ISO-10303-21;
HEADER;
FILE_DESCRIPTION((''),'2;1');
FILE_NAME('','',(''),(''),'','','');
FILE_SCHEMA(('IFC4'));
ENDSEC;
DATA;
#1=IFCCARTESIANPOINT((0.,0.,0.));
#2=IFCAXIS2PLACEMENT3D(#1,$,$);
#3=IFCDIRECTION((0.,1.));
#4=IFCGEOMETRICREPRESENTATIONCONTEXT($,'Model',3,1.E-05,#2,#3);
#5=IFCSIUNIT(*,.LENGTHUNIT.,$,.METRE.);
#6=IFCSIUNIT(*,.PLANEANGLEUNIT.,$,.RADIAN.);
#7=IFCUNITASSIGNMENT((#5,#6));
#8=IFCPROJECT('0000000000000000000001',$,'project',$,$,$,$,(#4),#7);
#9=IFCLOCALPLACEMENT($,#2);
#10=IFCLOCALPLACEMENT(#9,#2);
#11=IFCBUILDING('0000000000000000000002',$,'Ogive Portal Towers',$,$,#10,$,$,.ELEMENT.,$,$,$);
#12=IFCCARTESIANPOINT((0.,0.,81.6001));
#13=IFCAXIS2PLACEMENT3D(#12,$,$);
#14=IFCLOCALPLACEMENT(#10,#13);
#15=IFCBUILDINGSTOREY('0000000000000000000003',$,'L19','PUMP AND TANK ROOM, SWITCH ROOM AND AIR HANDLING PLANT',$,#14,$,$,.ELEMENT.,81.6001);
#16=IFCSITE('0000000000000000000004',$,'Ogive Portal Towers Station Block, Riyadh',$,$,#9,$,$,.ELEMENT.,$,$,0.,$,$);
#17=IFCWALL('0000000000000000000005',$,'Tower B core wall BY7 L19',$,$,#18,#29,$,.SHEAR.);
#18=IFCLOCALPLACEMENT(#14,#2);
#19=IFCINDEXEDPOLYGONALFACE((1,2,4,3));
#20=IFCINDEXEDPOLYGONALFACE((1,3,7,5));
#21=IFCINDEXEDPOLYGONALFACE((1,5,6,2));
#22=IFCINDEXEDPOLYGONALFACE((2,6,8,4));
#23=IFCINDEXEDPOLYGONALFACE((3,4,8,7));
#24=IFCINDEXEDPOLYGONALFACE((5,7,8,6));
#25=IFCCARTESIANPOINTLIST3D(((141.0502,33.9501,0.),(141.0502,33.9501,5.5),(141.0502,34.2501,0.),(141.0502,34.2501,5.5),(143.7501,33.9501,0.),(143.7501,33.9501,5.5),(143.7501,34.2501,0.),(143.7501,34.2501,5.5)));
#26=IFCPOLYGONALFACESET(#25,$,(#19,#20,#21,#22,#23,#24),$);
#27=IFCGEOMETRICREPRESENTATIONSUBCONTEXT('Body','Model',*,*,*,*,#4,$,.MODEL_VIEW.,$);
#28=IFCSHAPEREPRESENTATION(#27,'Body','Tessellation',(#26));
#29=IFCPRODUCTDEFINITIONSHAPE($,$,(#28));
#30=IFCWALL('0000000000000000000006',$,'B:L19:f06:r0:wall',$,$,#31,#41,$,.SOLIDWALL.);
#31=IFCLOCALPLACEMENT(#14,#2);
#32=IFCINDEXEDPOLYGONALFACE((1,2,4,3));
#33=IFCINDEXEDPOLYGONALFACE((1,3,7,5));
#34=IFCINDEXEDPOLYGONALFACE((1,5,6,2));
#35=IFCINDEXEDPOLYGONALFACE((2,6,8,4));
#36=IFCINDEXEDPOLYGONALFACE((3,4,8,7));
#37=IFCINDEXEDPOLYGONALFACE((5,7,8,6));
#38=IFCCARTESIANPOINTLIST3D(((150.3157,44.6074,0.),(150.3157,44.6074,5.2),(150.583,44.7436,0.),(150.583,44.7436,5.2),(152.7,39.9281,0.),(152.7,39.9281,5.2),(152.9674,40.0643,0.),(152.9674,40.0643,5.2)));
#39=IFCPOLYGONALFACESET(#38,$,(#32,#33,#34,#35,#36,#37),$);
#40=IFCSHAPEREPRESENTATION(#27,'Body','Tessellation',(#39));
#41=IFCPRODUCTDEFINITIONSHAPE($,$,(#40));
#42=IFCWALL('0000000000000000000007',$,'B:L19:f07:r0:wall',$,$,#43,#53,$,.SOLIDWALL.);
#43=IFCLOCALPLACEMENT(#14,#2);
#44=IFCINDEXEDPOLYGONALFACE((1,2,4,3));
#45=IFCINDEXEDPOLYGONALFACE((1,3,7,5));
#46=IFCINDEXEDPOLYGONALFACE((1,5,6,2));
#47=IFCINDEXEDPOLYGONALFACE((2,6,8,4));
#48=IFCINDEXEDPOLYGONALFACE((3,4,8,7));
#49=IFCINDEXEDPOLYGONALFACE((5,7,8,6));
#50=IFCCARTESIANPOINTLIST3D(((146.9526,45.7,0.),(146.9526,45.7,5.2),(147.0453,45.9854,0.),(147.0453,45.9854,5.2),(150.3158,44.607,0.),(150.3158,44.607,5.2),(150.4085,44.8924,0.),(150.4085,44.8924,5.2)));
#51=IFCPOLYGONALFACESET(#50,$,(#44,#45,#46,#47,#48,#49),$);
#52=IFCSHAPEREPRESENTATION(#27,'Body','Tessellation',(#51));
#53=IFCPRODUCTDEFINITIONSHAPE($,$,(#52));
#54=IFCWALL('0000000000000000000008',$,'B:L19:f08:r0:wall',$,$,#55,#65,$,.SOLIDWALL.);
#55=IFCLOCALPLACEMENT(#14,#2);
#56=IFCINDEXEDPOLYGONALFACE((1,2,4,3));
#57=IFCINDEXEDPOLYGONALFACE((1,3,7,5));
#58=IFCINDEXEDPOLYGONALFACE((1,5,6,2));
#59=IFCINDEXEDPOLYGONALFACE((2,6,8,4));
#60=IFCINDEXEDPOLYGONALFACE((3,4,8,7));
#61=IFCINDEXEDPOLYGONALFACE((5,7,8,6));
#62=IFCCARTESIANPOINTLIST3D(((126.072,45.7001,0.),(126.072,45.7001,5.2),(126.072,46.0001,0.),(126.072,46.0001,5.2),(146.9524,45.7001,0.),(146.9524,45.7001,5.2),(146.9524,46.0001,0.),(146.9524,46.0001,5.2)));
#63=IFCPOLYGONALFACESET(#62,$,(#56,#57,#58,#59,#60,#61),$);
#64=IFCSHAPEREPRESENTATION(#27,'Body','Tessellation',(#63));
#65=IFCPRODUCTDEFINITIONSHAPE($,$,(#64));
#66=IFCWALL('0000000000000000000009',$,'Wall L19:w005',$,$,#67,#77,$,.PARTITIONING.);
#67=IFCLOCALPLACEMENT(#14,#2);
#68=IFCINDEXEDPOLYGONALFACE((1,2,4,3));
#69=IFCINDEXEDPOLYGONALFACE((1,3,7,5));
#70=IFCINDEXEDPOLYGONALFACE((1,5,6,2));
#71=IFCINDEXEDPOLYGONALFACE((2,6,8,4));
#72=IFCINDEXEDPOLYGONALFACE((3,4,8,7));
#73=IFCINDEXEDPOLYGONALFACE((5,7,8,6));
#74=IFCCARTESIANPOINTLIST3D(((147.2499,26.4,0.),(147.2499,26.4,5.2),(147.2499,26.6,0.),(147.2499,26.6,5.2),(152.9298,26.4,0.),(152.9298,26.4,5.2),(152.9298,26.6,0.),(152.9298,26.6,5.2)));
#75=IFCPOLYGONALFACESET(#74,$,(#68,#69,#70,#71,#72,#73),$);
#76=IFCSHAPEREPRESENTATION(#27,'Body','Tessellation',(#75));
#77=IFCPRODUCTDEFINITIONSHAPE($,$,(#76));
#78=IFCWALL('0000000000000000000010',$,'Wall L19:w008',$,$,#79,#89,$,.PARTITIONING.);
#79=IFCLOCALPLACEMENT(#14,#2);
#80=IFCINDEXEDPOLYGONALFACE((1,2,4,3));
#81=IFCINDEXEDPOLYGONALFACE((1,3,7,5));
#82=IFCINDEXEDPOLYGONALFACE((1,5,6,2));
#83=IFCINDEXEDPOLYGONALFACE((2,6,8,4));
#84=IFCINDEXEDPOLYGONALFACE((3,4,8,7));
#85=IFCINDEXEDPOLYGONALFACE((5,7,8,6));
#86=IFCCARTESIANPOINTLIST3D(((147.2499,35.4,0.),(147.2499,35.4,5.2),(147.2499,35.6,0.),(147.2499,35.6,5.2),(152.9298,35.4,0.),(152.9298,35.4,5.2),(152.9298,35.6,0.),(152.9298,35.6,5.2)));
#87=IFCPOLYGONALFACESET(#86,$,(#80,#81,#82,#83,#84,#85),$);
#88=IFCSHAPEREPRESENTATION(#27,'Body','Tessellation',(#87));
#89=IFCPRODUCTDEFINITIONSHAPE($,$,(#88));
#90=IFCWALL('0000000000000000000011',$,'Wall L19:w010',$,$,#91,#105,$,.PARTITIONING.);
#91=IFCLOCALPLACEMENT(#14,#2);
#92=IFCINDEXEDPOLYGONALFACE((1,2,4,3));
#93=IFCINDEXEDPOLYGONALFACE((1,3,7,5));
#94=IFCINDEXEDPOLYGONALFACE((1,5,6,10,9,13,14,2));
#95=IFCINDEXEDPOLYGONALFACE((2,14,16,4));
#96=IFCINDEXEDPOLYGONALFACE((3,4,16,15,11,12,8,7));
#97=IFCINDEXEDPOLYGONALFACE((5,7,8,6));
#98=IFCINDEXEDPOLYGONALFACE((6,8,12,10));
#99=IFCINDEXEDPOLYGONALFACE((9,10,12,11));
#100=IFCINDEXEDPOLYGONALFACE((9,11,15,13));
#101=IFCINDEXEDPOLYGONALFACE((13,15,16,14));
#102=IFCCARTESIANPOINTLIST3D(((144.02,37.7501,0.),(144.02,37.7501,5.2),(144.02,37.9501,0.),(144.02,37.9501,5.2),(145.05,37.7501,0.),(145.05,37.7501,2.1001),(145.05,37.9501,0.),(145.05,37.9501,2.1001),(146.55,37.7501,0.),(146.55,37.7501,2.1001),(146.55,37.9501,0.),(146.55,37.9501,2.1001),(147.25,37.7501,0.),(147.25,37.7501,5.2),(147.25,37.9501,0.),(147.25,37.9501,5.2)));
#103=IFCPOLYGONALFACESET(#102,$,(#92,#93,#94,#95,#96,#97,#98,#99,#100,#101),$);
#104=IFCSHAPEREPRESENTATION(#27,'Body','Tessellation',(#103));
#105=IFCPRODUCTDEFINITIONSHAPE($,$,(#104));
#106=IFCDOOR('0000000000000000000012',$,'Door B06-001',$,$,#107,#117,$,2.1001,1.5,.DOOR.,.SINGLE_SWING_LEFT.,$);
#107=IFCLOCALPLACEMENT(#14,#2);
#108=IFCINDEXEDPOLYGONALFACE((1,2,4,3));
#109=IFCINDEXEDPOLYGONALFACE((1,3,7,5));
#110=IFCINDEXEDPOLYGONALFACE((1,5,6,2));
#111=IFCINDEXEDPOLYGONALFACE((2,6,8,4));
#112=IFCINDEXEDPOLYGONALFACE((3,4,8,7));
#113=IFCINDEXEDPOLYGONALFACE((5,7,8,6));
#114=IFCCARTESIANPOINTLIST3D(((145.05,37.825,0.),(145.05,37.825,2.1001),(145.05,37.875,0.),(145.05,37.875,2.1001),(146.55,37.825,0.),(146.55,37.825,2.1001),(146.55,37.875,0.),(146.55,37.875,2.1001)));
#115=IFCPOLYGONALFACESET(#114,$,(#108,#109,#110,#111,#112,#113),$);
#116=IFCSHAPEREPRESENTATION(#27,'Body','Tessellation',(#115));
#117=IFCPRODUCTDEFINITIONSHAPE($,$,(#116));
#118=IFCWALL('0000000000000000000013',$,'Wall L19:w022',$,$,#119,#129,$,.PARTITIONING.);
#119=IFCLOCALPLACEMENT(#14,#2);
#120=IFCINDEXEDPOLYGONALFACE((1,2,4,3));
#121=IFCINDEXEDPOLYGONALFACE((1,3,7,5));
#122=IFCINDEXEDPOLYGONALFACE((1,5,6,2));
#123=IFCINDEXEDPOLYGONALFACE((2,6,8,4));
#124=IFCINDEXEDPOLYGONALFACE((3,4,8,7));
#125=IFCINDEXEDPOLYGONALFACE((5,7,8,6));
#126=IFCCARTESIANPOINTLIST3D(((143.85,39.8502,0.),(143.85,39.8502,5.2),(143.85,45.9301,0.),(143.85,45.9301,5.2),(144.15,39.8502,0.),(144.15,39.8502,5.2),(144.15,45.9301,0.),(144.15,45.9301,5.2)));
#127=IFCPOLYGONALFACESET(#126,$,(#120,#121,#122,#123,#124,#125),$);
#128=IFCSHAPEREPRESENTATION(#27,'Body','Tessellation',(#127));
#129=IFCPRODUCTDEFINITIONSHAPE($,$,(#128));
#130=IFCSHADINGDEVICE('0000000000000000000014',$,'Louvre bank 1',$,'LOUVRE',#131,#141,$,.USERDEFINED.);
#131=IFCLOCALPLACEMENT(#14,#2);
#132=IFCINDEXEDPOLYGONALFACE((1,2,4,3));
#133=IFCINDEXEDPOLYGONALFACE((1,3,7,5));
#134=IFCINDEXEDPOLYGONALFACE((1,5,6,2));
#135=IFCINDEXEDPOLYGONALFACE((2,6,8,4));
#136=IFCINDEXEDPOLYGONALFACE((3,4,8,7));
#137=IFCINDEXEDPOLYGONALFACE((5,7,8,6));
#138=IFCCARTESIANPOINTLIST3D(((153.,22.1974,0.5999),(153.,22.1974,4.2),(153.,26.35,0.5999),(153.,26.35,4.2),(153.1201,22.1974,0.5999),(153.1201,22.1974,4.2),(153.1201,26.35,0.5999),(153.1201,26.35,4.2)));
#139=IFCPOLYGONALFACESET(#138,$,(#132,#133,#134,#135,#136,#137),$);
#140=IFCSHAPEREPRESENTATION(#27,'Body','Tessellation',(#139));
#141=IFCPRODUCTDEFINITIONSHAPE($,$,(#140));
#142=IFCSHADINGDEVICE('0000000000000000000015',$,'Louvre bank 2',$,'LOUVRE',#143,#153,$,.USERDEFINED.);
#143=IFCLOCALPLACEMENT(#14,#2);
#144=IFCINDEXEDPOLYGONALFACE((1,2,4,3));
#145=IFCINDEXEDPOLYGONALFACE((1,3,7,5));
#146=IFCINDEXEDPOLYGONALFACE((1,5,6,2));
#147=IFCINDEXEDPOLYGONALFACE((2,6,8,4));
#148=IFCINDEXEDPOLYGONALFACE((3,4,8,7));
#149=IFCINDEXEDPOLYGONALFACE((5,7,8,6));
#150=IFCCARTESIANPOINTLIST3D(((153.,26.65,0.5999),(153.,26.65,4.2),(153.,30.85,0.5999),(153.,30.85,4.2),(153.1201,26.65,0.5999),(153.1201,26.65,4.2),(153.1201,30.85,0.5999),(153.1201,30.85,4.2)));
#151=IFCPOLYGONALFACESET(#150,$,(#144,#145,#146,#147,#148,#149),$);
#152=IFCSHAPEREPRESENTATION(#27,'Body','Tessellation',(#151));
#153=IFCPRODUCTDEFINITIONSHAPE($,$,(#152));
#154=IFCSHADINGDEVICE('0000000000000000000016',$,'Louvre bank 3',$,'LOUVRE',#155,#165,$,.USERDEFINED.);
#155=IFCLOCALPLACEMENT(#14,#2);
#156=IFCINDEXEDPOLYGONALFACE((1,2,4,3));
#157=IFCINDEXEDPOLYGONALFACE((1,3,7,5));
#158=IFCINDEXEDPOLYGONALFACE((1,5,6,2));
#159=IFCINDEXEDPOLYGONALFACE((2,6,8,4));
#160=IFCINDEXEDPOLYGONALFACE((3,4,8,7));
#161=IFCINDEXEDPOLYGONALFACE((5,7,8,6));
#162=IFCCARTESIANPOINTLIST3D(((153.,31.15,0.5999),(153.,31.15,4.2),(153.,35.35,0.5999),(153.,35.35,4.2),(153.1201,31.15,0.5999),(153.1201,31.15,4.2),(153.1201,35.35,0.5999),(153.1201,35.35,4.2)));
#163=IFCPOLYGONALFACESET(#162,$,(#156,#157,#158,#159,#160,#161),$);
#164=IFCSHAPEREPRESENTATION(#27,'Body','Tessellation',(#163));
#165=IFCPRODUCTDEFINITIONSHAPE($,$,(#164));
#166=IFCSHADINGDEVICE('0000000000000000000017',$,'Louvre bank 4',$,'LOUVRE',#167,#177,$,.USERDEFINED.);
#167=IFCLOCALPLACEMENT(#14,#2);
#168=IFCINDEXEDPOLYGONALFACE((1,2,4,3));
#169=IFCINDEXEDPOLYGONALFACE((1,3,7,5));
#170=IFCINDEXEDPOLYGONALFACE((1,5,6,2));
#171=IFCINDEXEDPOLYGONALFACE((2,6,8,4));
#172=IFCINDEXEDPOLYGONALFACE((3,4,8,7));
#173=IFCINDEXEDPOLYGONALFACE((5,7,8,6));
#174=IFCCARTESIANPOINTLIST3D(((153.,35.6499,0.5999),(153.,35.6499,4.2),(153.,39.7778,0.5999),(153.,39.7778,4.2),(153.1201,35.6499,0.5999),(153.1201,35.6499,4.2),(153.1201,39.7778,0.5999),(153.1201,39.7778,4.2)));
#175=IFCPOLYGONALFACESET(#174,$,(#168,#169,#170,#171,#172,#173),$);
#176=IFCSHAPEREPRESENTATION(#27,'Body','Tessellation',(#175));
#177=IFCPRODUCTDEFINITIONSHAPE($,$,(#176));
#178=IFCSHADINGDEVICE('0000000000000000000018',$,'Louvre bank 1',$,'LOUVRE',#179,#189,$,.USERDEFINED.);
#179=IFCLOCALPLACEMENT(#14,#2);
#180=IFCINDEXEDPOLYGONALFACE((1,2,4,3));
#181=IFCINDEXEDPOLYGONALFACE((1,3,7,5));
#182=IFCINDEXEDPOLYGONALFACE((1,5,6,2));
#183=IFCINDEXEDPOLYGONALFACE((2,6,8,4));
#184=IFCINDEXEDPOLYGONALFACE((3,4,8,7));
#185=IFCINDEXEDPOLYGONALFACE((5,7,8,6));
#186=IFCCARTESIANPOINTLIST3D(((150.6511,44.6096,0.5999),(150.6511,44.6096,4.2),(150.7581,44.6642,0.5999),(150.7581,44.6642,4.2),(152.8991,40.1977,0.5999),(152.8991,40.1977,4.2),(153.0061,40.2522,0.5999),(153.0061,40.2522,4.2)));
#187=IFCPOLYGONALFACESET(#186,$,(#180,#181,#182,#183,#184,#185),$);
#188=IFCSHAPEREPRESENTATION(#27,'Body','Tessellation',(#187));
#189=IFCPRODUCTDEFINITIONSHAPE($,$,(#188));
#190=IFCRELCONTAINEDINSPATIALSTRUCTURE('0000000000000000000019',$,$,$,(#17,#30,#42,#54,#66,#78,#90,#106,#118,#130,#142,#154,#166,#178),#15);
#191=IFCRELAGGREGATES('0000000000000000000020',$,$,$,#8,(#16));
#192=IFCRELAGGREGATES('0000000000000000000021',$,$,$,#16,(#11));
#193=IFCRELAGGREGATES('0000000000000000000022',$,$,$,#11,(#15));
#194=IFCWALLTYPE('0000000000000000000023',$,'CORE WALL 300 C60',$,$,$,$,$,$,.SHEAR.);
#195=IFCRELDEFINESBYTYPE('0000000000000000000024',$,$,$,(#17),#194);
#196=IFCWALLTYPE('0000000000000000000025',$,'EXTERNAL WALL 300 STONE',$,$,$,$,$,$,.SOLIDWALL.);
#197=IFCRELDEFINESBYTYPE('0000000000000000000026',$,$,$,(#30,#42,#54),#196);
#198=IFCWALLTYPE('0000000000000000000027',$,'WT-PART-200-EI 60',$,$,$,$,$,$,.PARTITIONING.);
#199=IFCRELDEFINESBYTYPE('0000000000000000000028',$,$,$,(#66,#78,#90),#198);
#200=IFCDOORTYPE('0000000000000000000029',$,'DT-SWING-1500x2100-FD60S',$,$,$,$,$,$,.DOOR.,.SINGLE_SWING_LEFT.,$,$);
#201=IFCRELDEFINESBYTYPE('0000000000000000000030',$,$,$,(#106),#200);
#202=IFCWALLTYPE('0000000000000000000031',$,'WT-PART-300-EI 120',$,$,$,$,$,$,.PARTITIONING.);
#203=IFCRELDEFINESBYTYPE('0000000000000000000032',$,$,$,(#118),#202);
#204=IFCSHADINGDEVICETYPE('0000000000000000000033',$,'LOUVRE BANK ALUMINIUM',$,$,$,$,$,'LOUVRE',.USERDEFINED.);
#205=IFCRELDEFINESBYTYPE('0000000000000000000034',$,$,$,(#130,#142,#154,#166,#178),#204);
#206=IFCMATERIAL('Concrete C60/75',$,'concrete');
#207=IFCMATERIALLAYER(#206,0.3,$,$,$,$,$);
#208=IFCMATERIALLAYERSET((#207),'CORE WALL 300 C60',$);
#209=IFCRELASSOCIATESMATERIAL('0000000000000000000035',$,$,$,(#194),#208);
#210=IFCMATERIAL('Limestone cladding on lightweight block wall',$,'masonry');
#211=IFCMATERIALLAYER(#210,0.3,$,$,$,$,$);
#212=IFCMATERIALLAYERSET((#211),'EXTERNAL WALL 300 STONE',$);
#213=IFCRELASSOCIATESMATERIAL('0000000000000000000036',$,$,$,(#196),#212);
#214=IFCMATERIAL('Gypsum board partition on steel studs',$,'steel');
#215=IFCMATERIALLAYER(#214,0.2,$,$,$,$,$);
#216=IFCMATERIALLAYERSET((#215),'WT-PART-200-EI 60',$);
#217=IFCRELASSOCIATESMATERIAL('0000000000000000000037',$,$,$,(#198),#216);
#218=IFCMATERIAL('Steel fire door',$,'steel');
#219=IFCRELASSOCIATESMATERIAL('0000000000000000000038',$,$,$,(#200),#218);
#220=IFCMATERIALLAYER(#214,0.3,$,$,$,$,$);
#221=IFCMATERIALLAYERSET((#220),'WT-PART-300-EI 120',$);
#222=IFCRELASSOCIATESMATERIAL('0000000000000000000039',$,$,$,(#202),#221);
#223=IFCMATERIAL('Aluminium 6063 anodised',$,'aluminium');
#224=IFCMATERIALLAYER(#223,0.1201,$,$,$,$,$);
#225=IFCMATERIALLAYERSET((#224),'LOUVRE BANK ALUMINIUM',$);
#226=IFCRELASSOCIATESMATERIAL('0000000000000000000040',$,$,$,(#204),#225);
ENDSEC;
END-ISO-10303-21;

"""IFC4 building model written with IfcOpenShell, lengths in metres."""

from ifc_helpers import new_model, si_unit, direction, frame, frame_2d, origin, origin_2d, place, context, subcontext, project, spatial, rectangle, extrude, material, layer, layer_set, type_object, element, fill, save


model = new_model("IFC4")

# Units and contexts
model_context = context("Model", 3, precision=1e-05, world=origin(), true_north=direction((0.0, 1.0)))
body_context = subcontext(model_context, "Body", "Model", "MODEL_VIEW")
ifc_project = project(units=[si_unit("LENGTHUNIT", "METRE"), si_unit("PLANEANGLEUNIT", "RADIAN")], contexts=[model_context])

# Site, building, storey
site_placement = place(None, origin())
site = spatial("IfcSite", under=ifc_project, at=site_placement, Name="Ogive Portal Towers Station Block, Riyadh", CompositionType="ELEMENT", RefElevation=0.0)
building_placement = place(site_placement, origin())
building = spatial("IfcBuilding", under=site, at=building_placement, Name="Ogive Portal Towers", CompositionType="ELEMENT")
storey_placement = place(building_placement, frame((0.0, 0.0, 81.6001)))
storey = spatial("IfcBuildingStorey", under=building, at=storey_placement, Name="L19", Description="PUMP AND TANK ROOM, SWITCH ROOM AND AIR HANDLING PLANT", CompositionType="ELEMENT", Elevation=81.6001)

# Shared definitions
ifc_material_1 = material(Name="Concrete C60/75", Category="concrete")
ifc_layer_1 = layer(ifc_material_1, 0.3)
ifc_layer_set_1 = layer_set([ifc_layer_1], Name="CORE WALL 300 C60")
wall_type_1 = type_object("IfcWallType", Name="CORE WALL 300 C60", PredefinedType="SHEAR", material=ifc_layer_set_1)
ifc_material_2 = material(Name="Steel fire door", Category="steel")

# Walls
wall_1_placement = place(storey_placement, frame((141.05, 34.1001, 0.0), z_axis=(0.0, 0.0, 1.0), x_axis=(1.0, 0.0, 0.0)))
element("IfcWall", 1, at=wall_1_placement, inside=storey, type_object=wall_type_1, Name="Tower B core wall BY7 L19", PredefinedType="SHEAR", context=body_context, shape_type="SweptSolid", body=[
    extrude(rectangle(XDim=2.7, YDim=0.3, at=frame_2d((1.3501, 0.0))), origin(), (0.0, 0.0, 1.0), 5.5),
])
ifc_material_3 = material(Name="Limestone cladding on lightweight block wall", Category="masonry")
ifc_layer_2 = layer(ifc_material_3, 0.3)
ifc_layer_set_2 = layer_set([ifc_layer_2], Name="EXTERNAL WALL 300 STONE")
wall_type_2 = type_object("IfcWallType", Name="EXTERNAL WALL 300 STONE", PredefinedType="SOLIDWALL", material=ifc_layer_set_2)
wall_2_placement = place(storey_placement, frame((152.8337, 39.9961, 0.0), z_axis=(0.0, 0.0, 1.0), x_axis=(-0.454007, 0.890998, 0.0)))
element("IfcWall", 2, at=wall_2_placement, inside=storey, type_object=wall_type_2, Name="B:L19:f06:r0:wall", PredefinedType="SOLIDWALL", context=body_context, shape_type="SweptSolid", body=[
    extrude(rectangle(XDim=5.2517, YDim=0.3, at=frame_2d((2.626, 0.0))), origin(), (0.0, 0.0, 1.0), 5.2),
])
wall_3_placement = place(storey_placement, frame((150.3621, 44.7498, 0.0), z_axis=(0.0, 0.0, 1.0), x_axis=(-0.951038, 0.309074, 0.0)))
element("IfcWall", 3, at=wall_3_placement, inside=storey, type_object=wall_type_2, Name="B:L19:f07:r0:wall", PredefinedType="SOLIDWALL", context=body_context, shape_type="SweptSolid", body=[
    extrude(rectangle(XDim=3.5364, YDim=0.3, at=frame_2d((1.7681, 0.0))), origin(), (0.0, 0.0, 1.0), 5.2),
])
wall_4_placement = place(storey_placement, frame((146.9524, 45.8501, 0.0), z_axis=(0.0, 0.0, 1.0), x_axis=(-1.0, 0.0, 0.0)))
element("IfcWall", 4, at=wall_4_placement, inside=storey, type_object=wall_type_2, Name="B:L19:f08:r0:wall", PredefinedType="SOLIDWALL", context=body_context, shape_type="SweptSolid", body=[
    extrude(rectangle(XDim=20.8804, YDim=0.3, at=frame_2d((10.4402, 0.0))), origin(), (0.0, 0.0, 1.0), 5.2),
])
ifc_material_4 = material(Name="Gypsum board partition on steel studs", Category="steel")
ifc_layer_3 = layer(ifc_material_4, 0.2)
ifc_layer_set_3 = layer_set([ifc_layer_3], Name="WT-PART-200-EI 60")
wall_type_3 = type_object("IfcWallType", Name="WT-PART-200-EI 60", PredefinedType="PARTITIONING", material=ifc_layer_set_3)
for number, where, z_axis, x_axis, name in (
    (5, (147.25, 26.5, 0.0), (0.0, 0.0, 1.0), (1.0, 0.0, 0.0), "Wall L19:w005"),
    (6, (147.25, 35.5, 0.0), (0.0, 0.0, 1.0), (1.0, 0.0, 0.0), "Wall L19:w008"),
):
    element("IfcWall", number, at=place(storey_placement, frame(where, z_axis=z_axis, x_axis=x_axis)), inside=storey, type_object=wall_type_3, Name=name, PredefinedType="PARTITIONING", context=body_context, shape_type="SweptSolid", body=[
        extrude(rectangle(XDim=5.6799, YDim=0.2, at=frame_2d((2.8398, 0.0))), origin(), (0.0, 0.0, 1.0), 5.2),
    ])

# Wall, opening, door
wall_5_placement = place(storey_placement, frame((144.02, 37.8501, 0.0), z_axis=(0.0, 0.0, 1.0), x_axis=(1.0, 0.0, 0.0)))
wall_5 = element("IfcWall", 7, at=wall_5_placement, inside=storey, type_object=wall_type_3, Name="Wall L19:w010", PredefinedType="PARTITIONING", context=body_context, shape_type="SweptSolid", body=[
    extrude(rectangle(XDim=3.23, YDim=0.2, at=frame_2d((1.615, 0.0))), origin(), (0.0, 0.0, 1.0), 5.2),
])
opening_1_placement = place(wall_5_placement, frame((1.03, 0.0, 0.0)))
opening_1 = element("IfcOpeningElement", 8, at=opening_1_placement, cuts=wall_5, PredefinedType="OPENING", context=body_context, shape_type="SweptSolid", body=[
    extrude(rectangle(XDim=1.5, YDim=2.1001, at=frame_2d((0.75, 1.05))), frame((0.0, 0.1099, 0.0), z_axis=(0.0, -1.0, 0.0), x_axis=(1.0, 0.0, 0.0)), (0.0, 0.0, 1.0), 0.22),
])
door_type_1 = type_object("IfcDoorType", Name="DT-SWING-1500x2100-FD60S", OperationType="SINGLE_SWING_LEFT", PredefinedType="DOOR", material=ifc_material_2)
door_1_placement = place(opening_1_placement, origin())
door_1 = element("IfcDoor", 9, at=door_1_placement, inside=storey, type_object=door_type_1, Name="Door B06-001", OperationType="SINGLE_SWING_LEFT", OverallHeight=2.1001, OverallWidth=1.5, PredefinedType="DOOR", context=body_context, shape_type="SweptSolid", body=[
    extrude(rectangle(XDim=1.5, YDim=2.1001, at=frame_2d((0.75, 1.05))), frame((0.0, 0.0249, 0.0), z_axis=(0.0, -1.0, 0.0), x_axis=(1.0, 0.0, 0.0)), (0.0, 0.0, 1.0), 0.05),
])
fill(opening_1, door_1)

# Wall
ifc_layer_4 = layer(ifc_material_4, 0.3)
ifc_layer_set_4 = layer_set([ifc_layer_4], Name="WT-PART-300-EI 120")
wall_type_4 = type_object("IfcWallType", Name="WT-PART-300-EI 120", PredefinedType="PARTITIONING", material=ifc_layer_set_4)
wall_6_placement = place(storey_placement, frame((144.0, 39.8501, 0.0), z_axis=(0.0, 0.0, 1.0), x_axis=(0.0, 1.0, 0.0)))
element("IfcWall", 10, at=wall_6_placement, inside=storey, type_object=wall_type_4, Name="Wall L19:w022", PredefinedType="PARTITIONING", context=body_context, shape_type="SweptSolid", body=[
    extrude(rectangle(XDim=6.0798, YDim=0.3, at=frame_2d((3.04, 0.0))), origin(), (0.0, 0.0, 1.0), 5.2),
])

# Shading devices
ifc_material_5 = material(Name="Aluminium 6063 anodised", Category="aluminium")
ifc_layer_5 = layer(ifc_material_5, 0.1201)
ifc_layer_set_5 = layer_set([ifc_layer_5], Name="LOUVRE BANK ALUMINIUM")
shading_device_type = type_object("IfcShadingDeviceType", Name="LOUVRE BANK ALUMINIUM", ElementType="LOUVRE", PredefinedType="USERDEFINED", material=ifc_layer_set_5)
shading_device_1_placement = place(storey_placement, frame((153.0601, 24.2737, 0.5999), z_axis=(0.0, 0.0, 1.0), x_axis=(0.0, 1.0, 0.0)))
element("IfcShadingDevice", 11, at=shading_device_1_placement, inside=storey, type_object=shading_device_type, Name="Louvre bank 1", ObjectType="LOUVRE", PredefinedType="USERDEFINED", context=body_context, shape_type="SweptSolid", body=[
    extrude(rectangle(XDim=4.1526, YDim=0.1201, at=origin_2d()), origin(), (0.0, 0.0, 1.0), 3.6001),
])
for number, where, z_axis, x_axis, name in (
    (12, (153.0601, 28.75, 0.5999), (0.0, 0.0, 1.0), (0.0, 1.0, 0.0), "Louvre bank 2"),
    (13, (153.0601, 33.25, 0.5999), (0.0, 0.0, 1.0), (0.0, 1.0, 0.0), "Louvre bank 3"),
):
    element("IfcShadingDevice", number, at=place(storey_placement, frame(where, z_axis=z_axis, x_axis=x_axis)), inside=storey, type_object=shading_device_type, Name=name, ObjectType="LOUVRE", PredefinedType="USERDEFINED", context=body_context, shape_type="SweptSolid", body=[
        extrude(rectangle(XDim=4.2, YDim=0.1201, at=origin_2d()), origin(), (0.0, 0.0, 1.0), 3.6001),
    ])
shading_device_2_placement = place(storey_placement, frame((153.0601, 37.7139, 0.5999), z_axis=(0.0, 0.0, 1.0), x_axis=(0.0, 1.0, 0.0)))
element("IfcShadingDevice", 14, at=shading_device_2_placement, inside=storey, type_object=shading_device_type, Name="Louvre bank 4", ObjectType="LOUVRE", PredefinedType="USERDEFINED", context=body_context, shape_type="SweptSolid", body=[
    extrude(rectangle(XDim=4.1279, YDim=0.1201, at=origin_2d()), origin(), (0.0, 0.0, 1.0), 3.6001),
])
shading_device_3_placement = place(storey_placement, frame((151.8286, 42.4309, 0.5999), z_axis=(0.0, 0.0, 1.0), x_axis=(-0.45399, 0.891007, 0.0)))
element("IfcShadingDevice", 15, at=shading_device_3_placement, inside=storey, type_object=shading_device_type, Name="Louvre bank 1", ObjectType="LOUVRE", PredefinedType="USERDEFINED", context=body_context, shape_type="SweptSolid", body=[
    extrude(rectangle(XDim=4.9517, YDim=0.1201, at=origin_2d()), origin(), (0.0, 0.0, 1.0), 3.6001),
])

save(model, "model.ifc")
